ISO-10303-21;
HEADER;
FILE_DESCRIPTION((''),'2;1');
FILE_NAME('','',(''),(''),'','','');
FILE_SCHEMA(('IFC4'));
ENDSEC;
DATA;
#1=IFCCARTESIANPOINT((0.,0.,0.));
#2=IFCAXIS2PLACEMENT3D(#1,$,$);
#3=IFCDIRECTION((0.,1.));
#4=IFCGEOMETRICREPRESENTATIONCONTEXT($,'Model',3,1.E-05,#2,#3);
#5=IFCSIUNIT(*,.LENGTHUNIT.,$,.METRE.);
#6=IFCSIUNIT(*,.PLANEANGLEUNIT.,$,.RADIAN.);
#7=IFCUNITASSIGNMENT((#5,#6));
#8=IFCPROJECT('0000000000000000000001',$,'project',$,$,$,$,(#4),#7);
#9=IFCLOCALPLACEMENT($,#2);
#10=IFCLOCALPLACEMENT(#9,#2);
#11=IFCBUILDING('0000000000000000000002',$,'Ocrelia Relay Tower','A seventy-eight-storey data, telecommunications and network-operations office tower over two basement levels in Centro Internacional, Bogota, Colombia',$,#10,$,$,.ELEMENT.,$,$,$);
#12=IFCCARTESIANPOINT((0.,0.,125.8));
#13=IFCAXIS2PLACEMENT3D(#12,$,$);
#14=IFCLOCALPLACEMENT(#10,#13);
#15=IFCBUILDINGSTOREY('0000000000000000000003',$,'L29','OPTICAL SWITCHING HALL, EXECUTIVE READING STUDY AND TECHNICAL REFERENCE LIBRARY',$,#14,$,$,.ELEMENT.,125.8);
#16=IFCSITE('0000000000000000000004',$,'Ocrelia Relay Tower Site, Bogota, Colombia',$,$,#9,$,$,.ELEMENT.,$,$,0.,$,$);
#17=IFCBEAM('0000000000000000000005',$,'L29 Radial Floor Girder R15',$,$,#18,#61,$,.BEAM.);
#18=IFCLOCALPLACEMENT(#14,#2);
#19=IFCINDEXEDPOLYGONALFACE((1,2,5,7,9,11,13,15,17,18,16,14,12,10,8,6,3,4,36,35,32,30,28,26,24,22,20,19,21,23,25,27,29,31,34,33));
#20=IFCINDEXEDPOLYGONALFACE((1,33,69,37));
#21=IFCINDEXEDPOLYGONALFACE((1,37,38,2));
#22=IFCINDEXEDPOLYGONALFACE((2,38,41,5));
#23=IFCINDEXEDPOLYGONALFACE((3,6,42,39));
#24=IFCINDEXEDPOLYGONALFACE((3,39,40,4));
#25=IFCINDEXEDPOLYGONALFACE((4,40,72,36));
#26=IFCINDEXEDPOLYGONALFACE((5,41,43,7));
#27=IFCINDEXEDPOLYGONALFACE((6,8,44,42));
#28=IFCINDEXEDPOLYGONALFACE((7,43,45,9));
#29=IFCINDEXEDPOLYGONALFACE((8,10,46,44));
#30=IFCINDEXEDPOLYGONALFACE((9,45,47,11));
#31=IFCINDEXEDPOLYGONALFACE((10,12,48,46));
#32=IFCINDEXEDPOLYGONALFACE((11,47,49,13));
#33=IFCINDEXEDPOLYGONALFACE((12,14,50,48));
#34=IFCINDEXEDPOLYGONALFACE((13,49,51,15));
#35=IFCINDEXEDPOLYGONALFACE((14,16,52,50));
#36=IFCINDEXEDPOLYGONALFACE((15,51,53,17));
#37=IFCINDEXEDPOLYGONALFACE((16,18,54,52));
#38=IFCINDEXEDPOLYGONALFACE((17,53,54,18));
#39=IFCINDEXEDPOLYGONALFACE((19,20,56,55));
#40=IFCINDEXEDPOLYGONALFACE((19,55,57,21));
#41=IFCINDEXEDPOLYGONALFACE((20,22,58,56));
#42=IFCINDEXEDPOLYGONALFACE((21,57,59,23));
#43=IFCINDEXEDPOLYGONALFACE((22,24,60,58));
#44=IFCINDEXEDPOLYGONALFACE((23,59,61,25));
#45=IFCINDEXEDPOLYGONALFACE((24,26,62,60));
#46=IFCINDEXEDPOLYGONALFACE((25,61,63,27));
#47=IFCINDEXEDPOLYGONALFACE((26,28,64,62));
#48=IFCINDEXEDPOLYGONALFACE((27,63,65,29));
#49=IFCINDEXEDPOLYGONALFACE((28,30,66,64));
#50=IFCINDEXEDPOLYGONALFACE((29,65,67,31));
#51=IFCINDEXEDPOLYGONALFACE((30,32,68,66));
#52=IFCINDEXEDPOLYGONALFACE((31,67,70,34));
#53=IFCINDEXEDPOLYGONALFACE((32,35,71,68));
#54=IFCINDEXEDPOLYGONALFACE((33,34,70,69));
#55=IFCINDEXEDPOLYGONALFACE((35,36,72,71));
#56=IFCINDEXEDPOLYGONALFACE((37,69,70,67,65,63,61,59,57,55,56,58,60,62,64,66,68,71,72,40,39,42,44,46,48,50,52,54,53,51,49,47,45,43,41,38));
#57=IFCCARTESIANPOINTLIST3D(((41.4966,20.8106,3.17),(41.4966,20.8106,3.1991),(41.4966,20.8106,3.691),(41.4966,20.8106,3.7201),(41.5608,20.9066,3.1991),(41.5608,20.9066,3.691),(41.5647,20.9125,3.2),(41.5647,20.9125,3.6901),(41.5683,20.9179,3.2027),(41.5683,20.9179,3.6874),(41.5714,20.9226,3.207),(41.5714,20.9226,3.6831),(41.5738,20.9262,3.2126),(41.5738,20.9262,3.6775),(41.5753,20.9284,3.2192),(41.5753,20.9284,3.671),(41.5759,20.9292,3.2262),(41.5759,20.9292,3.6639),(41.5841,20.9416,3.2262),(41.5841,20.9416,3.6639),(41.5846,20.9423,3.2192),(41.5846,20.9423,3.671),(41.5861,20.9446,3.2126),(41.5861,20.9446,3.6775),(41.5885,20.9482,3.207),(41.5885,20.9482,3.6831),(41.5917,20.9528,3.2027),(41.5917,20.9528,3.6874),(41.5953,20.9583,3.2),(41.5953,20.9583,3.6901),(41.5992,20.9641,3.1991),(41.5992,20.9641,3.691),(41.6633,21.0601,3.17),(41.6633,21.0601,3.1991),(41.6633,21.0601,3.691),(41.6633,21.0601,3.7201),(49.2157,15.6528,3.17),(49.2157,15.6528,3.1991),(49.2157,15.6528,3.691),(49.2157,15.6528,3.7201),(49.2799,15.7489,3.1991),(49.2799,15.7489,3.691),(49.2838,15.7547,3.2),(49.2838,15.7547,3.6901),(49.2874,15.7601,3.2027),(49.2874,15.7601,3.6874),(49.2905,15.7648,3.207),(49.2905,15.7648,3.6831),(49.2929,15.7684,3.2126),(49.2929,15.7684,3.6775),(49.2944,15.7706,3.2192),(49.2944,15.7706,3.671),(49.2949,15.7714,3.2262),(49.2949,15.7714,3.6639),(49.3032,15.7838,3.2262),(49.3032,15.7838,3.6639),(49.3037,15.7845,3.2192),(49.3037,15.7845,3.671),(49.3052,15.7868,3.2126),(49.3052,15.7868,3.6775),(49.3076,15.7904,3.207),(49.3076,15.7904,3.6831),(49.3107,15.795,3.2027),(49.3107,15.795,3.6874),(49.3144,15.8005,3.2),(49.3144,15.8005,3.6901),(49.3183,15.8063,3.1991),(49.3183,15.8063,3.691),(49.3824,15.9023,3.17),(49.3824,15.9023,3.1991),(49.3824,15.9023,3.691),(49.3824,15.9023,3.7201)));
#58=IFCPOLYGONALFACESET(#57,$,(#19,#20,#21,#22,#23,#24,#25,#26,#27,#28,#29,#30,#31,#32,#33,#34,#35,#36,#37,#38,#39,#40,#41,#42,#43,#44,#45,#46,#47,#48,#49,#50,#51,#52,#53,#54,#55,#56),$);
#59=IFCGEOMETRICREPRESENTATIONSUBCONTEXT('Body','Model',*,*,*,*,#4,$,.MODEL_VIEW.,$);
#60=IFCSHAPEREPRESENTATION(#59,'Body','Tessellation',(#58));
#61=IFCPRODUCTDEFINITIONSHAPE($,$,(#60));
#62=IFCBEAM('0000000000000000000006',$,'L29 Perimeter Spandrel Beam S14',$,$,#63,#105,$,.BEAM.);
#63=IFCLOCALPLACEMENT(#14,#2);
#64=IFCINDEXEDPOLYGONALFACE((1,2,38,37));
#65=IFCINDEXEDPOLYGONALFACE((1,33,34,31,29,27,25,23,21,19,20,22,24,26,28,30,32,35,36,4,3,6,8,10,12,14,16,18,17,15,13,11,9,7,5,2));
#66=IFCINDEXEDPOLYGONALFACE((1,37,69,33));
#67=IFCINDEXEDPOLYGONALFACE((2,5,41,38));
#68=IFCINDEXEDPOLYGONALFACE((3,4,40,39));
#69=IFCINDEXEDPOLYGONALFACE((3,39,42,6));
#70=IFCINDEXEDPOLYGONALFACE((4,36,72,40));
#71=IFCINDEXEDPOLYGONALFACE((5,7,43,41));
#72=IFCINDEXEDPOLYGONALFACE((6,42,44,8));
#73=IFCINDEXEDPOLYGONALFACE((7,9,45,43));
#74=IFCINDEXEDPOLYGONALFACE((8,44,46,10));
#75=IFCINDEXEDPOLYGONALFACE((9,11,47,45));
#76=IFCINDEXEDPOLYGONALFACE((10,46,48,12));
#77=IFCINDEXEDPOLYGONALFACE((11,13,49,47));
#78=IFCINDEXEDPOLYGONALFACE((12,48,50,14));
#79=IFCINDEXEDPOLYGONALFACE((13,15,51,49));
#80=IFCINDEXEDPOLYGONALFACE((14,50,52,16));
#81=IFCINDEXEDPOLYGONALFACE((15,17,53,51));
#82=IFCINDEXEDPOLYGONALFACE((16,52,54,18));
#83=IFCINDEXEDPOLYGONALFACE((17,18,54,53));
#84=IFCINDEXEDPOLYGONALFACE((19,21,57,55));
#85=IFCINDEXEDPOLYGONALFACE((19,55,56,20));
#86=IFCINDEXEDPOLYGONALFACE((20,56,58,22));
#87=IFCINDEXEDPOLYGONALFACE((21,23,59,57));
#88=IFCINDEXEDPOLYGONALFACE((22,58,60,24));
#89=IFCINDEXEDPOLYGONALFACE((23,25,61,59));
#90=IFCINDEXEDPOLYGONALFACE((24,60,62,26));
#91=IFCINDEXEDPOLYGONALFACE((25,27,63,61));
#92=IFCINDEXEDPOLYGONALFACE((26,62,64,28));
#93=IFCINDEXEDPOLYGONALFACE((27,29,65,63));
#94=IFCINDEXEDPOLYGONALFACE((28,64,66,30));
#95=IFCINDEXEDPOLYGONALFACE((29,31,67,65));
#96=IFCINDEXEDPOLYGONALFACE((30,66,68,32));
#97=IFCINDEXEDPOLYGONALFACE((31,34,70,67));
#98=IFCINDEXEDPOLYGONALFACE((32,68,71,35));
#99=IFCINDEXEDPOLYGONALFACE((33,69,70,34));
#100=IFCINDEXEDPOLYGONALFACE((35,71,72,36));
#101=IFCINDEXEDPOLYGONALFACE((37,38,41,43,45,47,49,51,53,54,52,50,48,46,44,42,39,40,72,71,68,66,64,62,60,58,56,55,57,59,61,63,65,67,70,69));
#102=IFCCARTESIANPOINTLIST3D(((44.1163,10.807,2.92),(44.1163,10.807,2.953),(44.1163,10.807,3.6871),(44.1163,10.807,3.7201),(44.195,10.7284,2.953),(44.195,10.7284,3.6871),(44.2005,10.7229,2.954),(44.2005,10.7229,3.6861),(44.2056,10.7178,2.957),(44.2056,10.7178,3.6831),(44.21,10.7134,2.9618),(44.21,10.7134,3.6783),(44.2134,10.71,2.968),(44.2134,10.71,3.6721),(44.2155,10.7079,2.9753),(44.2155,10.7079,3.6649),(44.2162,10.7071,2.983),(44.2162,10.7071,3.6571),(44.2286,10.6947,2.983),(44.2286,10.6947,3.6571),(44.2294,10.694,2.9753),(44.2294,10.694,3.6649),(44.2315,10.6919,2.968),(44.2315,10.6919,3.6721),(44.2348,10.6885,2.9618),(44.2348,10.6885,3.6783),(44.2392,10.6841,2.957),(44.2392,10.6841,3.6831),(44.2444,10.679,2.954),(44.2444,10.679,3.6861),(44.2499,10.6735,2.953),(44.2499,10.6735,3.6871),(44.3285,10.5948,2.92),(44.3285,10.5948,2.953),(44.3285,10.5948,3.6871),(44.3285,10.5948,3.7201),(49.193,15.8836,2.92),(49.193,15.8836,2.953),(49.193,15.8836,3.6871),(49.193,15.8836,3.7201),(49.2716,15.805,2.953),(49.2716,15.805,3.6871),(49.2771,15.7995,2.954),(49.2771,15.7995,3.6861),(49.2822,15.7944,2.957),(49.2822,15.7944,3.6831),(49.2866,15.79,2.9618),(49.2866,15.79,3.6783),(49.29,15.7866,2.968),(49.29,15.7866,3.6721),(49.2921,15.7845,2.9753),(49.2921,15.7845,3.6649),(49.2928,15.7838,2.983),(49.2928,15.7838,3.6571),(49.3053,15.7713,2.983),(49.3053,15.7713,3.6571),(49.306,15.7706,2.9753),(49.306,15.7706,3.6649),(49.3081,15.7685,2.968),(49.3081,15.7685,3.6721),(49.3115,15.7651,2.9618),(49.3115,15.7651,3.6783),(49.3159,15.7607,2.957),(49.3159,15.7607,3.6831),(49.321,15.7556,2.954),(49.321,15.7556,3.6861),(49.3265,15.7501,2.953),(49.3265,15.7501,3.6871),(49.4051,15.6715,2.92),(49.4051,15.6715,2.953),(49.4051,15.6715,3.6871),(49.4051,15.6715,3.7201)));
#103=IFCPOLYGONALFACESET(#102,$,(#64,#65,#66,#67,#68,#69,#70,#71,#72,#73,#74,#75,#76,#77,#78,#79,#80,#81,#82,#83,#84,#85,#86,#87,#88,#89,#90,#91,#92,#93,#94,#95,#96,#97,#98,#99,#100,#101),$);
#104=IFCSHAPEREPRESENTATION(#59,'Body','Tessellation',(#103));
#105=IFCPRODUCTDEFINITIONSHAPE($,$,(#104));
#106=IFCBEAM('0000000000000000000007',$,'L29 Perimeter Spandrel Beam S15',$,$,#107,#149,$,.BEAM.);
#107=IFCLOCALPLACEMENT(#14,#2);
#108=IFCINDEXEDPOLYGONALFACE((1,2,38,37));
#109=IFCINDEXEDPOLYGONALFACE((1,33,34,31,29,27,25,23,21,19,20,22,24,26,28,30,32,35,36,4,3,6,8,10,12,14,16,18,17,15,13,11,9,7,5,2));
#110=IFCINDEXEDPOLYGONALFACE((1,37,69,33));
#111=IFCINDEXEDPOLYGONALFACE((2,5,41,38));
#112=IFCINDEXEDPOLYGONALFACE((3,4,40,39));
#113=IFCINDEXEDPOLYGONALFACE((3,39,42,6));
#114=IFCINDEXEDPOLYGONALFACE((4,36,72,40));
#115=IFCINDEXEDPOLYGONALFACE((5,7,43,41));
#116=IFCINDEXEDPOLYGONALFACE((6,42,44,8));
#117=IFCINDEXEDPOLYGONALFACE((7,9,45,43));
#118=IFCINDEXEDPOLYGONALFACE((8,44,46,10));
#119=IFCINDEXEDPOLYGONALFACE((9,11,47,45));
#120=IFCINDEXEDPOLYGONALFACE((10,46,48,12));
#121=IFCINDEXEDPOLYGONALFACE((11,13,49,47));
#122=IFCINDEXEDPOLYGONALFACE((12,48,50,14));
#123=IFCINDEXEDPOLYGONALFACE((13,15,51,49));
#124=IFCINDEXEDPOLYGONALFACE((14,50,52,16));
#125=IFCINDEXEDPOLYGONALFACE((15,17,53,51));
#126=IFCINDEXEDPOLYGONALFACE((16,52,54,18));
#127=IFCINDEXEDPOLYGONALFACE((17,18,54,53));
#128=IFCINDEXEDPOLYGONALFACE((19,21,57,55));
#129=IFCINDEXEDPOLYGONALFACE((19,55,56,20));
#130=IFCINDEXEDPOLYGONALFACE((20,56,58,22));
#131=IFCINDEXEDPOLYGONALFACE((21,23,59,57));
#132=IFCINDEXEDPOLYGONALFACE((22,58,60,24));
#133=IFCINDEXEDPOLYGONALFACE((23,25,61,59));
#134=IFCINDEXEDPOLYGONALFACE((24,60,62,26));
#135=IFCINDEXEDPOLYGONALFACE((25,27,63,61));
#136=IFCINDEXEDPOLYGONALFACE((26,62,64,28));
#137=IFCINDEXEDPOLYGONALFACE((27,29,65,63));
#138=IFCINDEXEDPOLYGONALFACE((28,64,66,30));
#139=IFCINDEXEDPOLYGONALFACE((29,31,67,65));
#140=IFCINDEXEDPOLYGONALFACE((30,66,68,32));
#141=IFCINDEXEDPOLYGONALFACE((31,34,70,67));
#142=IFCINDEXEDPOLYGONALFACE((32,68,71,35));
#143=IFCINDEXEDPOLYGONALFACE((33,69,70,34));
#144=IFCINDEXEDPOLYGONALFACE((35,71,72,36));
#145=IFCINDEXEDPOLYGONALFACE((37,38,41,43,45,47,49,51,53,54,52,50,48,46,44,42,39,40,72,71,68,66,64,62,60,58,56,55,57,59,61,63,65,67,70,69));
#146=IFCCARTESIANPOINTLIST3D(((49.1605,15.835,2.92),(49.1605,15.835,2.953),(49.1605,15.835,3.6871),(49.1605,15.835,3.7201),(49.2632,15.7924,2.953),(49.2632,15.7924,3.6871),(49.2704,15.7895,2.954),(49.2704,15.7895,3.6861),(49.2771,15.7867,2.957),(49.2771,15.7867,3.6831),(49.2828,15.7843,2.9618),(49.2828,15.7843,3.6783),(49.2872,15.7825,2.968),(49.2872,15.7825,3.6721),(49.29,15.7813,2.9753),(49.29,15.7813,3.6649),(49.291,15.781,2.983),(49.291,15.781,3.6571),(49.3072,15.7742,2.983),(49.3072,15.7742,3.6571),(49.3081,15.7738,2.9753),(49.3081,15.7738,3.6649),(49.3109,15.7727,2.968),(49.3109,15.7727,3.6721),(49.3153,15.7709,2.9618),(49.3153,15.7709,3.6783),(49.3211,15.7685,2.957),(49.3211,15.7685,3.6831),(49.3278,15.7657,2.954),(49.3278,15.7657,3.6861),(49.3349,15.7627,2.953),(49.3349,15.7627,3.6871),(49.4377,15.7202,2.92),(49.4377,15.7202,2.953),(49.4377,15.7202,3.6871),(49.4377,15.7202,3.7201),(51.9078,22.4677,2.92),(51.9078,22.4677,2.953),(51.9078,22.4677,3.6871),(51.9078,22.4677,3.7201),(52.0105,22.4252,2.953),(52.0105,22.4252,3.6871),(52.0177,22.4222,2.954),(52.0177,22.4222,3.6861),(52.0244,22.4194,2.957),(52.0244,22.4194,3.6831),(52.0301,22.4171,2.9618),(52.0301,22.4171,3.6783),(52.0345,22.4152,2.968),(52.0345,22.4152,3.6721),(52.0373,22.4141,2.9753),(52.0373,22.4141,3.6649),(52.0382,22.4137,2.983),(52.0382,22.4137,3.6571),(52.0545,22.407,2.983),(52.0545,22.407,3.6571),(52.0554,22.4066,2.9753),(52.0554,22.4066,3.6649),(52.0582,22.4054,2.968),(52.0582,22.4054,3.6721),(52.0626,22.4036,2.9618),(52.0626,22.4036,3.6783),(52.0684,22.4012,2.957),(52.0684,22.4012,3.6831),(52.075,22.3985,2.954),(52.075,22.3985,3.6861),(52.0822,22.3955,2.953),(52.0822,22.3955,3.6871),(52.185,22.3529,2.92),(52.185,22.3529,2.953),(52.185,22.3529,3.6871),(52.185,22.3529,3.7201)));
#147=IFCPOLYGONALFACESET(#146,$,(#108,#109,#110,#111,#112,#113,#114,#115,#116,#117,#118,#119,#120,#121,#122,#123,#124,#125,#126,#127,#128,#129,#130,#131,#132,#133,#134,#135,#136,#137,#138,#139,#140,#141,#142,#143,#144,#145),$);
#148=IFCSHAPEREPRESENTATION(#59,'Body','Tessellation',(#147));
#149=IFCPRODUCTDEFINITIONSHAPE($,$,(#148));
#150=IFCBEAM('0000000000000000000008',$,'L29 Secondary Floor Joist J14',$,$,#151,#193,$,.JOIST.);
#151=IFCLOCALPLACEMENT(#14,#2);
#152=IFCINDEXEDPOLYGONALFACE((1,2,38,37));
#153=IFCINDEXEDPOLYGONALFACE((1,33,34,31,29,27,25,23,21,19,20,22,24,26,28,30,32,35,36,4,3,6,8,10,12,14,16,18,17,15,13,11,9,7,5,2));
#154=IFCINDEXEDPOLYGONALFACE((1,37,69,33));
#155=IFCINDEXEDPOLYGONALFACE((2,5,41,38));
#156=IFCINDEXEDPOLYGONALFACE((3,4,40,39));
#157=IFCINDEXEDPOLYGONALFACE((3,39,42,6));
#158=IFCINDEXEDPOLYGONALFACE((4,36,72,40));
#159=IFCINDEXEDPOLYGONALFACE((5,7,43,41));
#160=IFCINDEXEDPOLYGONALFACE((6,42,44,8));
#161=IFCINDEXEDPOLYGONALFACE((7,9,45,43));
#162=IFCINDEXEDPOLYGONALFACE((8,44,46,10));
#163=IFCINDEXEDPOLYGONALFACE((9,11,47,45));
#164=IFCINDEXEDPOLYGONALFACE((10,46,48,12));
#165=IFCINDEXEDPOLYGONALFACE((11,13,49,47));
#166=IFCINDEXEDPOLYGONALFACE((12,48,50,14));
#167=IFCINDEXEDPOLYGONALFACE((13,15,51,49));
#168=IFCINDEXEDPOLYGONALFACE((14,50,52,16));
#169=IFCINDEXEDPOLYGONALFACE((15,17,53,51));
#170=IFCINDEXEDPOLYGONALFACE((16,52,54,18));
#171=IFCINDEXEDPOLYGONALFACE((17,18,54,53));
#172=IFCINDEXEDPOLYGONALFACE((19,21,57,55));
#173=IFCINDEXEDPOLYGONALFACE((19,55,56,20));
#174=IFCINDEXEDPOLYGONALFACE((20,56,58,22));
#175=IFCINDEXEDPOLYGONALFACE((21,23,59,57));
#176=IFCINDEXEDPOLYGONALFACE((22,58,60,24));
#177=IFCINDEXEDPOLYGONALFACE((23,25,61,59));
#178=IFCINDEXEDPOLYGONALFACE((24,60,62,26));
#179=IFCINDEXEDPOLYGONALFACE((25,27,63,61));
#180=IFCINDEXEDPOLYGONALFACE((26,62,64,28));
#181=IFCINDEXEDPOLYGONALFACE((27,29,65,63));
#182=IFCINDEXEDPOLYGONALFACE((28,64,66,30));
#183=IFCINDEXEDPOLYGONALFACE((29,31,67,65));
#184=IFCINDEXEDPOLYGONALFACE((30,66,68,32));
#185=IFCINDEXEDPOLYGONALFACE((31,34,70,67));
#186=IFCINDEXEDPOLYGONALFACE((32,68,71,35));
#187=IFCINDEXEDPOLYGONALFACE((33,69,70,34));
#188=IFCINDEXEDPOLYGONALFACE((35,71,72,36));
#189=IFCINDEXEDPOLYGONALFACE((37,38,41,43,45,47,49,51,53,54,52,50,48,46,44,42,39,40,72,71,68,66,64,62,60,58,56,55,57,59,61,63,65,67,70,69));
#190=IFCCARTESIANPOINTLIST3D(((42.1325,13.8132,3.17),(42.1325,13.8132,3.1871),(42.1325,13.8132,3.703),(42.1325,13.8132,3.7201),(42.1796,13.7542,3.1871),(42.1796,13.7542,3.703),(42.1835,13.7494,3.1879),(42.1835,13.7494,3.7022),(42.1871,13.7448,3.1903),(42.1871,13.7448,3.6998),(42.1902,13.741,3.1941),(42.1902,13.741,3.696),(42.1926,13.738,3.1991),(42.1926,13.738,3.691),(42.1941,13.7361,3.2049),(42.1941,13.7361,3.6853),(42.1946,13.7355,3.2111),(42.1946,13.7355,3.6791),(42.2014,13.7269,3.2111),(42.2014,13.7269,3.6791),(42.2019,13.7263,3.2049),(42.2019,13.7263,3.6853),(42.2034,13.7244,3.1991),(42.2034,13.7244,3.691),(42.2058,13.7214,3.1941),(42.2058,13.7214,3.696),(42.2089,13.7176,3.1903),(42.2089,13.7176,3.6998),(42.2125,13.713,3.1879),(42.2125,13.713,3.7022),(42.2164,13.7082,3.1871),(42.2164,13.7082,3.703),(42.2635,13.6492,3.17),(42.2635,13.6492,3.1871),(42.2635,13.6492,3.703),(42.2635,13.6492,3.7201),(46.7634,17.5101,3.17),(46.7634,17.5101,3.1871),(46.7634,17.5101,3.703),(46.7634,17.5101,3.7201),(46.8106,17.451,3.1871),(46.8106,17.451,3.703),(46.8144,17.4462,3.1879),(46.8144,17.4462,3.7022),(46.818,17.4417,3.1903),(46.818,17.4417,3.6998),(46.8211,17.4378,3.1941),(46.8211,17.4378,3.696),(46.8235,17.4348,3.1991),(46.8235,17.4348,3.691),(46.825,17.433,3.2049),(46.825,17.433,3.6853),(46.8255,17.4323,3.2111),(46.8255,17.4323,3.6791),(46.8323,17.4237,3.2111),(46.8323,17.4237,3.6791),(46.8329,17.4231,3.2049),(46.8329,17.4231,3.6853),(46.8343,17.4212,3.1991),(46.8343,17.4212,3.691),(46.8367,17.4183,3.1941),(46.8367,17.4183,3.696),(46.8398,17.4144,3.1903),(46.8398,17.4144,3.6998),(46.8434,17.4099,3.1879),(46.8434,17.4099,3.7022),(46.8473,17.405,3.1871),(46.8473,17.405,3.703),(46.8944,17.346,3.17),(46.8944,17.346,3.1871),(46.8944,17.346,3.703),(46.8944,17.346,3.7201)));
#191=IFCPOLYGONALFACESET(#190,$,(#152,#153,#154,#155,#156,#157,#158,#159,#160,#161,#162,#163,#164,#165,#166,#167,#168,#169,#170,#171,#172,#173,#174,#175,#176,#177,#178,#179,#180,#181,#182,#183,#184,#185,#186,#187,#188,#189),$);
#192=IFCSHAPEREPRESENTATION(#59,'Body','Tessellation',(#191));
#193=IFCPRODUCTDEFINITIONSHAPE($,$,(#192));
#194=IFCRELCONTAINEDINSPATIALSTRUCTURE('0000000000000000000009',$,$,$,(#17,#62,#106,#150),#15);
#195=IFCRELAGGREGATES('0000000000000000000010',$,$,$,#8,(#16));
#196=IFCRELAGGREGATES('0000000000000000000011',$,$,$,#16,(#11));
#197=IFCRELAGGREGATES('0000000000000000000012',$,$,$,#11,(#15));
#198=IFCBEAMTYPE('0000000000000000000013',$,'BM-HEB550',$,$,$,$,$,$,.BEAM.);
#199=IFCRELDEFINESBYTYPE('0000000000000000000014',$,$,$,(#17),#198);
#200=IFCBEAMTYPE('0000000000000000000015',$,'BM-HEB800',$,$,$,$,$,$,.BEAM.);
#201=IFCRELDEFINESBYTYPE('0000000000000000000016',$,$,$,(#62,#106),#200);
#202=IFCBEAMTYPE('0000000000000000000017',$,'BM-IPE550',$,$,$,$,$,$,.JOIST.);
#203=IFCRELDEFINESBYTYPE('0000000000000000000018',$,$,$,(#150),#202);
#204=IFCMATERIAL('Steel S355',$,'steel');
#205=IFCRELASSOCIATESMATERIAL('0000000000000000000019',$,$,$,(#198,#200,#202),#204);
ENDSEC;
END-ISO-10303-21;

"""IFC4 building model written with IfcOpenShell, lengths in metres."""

from ifc_helpers import new_model, si_unit, direction, frame, origin, origin_2d, place, context, subcontext, project, spatial, i_section, extrude, material, material_profile, profile_set, type_object, element, save


model = new_model("IFC4")

# Units and contexts
model_context = context("Model", 3, precision=1e-05, world=origin(), true_north=direction((0.0, 1.0)))
body_context = subcontext(model_context, "Body", "Model", "MODEL_VIEW")
ifc_project = project(units=[si_unit("LENGTHUNIT", "METRE"), si_unit("PLANEANGLEUNIT", "RADIAN")], contexts=[model_context])

# Site, building, storey
site_placement = place(None, origin())
site = spatial("IfcSite", under=ifc_project, at=site_placement, Name="Ocrelia Relay Tower Site, Bogota, Colombia", CompositionType="ELEMENT", RefElevation=0.0)
building_placement = place(site_placement, origin())
building = spatial("IfcBuilding", under=site, at=building_placement, Name="Ocrelia Relay Tower", Description="A seventy-eight-storey data, telecommunications and network-operations office tower over two basement levels in Centro Internacional, Bogota, Colombia", CompositionType="ELEMENT")
storey_placement = place(building_placement, frame((0.0, 0.0, 125.8)))
storey = spatial("IfcBuildingStorey", under=building, at=storey_placement, Name="L29", Description="OPTICAL SWITCHING HALL, EXECUTIVE READING STUDY AND TECHNICAL REFERENCE LIBRARY", CompositionType="ELEMENT", Elevation=125.8)

# Beams
ifc_material_1 = material(Name="Steel S355", Category="steel")
ifc_material_profile_1 = material_profile(ifc_material_1, i_section(OverallWidth=0.3, OverallDepth=0.55, WebThickness=0.0149, FlangeThickness=0.0291, FilletRadius=0.0271, at=origin_2d()), Name="HEB 550")
ifc_profile_set_1 = profile_set([ifc_material_profile_1], Name="Steel S355")
beam_type_1 = type_object("IfcBeamType", Name="BM-HEB550", PredefinedType="BEAM", material=ifc_profile_set_1)
beam_1_placement = place(storey_placement, frame((49.2991, 15.7776, 3.4451), z_axis=(-0.831467, 0.555574, 0.0), x_axis=(-0.555574, -0.831467, 0.0)))
element("IfcBeam", 1, at=beam_1_placement, inside=storey, type_object=beam_type_1, Name="L29 Radial Floor Girder R15", PredefinedType="BEAM", context=body_context, shape_type="SweptSolid", body=[
    extrude(i_section(OverallWidth=0.3, OverallDepth=0.55, WebThickness=0.0149, FlangeThickness=0.0291, FilletRadius=0.0271, at=origin_2d()), origin(), (0.0, 0.0, 1.0), 9.2837),
])
ifc_material_profile_2 = material_profile(ifc_material_1, i_section(OverallWidth=0.3, OverallDepth=0.8, WebThickness=0.0176, FlangeThickness=0.033, FilletRadius=0.03, at=origin_2d()), Name="HEB 800")
ifc_profile_set_2 = profile_set([ifc_material_profile_2], Name="Steel S355")
beam_type_2 = type_object("IfcBeamType", Name="BM-HEB800", PredefinedType="BEAM", material=ifc_profile_set_2)
beam_2_placement = place(storey_placement, frame((44.2224, 10.7009, 3.3201), z_axis=(0.707107, 0.707107, 0.0), x_axis=(-0.707107, 0.707107, 0.0)))
element("IfcBeam", 2, at=beam_2_placement, inside=storey, type_object=beam_type_2, Name="L29 Perimeter Spandrel Beam S14", PredefinedType="BEAM", context=body_context, shape_type="SweptSolid", body=[
    extrude(i_section(OverallWidth=0.3, OverallDepth=0.8, WebThickness=0.0176, FlangeThickness=0.033, FilletRadius=0.03, at=origin_2d()), origin(), (0.0, 0.0, 1.0), 7.1794),
])
beam_3_placement = place(storey_placement, frame((49.2991, 15.7776, 3.3201), z_axis=(0.382673, 0.923884, 0.0), x_axis=(-0.923884, 0.382673, 0.0)))
element("IfcBeam", 3, at=beam_3_placement, inside=storey, type_object=beam_type_2, Name="L29 Perimeter Spandrel Beam S15", PredefinedType="BEAM", context=body_context, shape_type="SweptSolid", body=[
    extrude(i_section(OverallWidth=0.3, OverallDepth=0.8, WebThickness=0.0176, FlangeThickness=0.033, FilletRadius=0.03, at=origin_2d()), origin(), (0.0, 0.0, 1.0), 7.1792),
])
ifc_material_profile_3 = material_profile(ifc_material_1, i_section(OverallWidth=0.21, OverallDepth=0.55, WebThickness=0.011, FlangeThickness=0.0171, FilletRadius=0.0239, at=origin_2d()), Name="IPE 550")
ifc_profile_set_3 = profile_set([ifc_material_profile_3], Name="Steel S355")
beam_type_3 = type_object("IfcBeamType", Name="BM-IPE550", PredefinedType="JOIST", material=ifc_profile_set_3)
beam_4_placement = place(storey_placement, frame((42.198, 13.7312, 3.4451), z_axis=(0.78152, 0.623881, 0.0), x_axis=(-0.623881, 0.78152, 0.0)))
element("IfcBeam", 4, at=beam_4_placement, inside=storey, type_object=beam_type_3, Name="L29 Secondary Floor Joist J14", PredefinedType="JOIST", context=body_context, shape_type="SweptSolid", body=[
    extrude(i_section(OverallWidth=0.21, OverallDepth=0.55, WebThickness=0.011, FlangeThickness=0.0171, FilletRadius=0.0239, at=origin_2d()), origin(), (0.0, 0.0, 1.0), 5.9255),
])

save(model, "model.ifc")
